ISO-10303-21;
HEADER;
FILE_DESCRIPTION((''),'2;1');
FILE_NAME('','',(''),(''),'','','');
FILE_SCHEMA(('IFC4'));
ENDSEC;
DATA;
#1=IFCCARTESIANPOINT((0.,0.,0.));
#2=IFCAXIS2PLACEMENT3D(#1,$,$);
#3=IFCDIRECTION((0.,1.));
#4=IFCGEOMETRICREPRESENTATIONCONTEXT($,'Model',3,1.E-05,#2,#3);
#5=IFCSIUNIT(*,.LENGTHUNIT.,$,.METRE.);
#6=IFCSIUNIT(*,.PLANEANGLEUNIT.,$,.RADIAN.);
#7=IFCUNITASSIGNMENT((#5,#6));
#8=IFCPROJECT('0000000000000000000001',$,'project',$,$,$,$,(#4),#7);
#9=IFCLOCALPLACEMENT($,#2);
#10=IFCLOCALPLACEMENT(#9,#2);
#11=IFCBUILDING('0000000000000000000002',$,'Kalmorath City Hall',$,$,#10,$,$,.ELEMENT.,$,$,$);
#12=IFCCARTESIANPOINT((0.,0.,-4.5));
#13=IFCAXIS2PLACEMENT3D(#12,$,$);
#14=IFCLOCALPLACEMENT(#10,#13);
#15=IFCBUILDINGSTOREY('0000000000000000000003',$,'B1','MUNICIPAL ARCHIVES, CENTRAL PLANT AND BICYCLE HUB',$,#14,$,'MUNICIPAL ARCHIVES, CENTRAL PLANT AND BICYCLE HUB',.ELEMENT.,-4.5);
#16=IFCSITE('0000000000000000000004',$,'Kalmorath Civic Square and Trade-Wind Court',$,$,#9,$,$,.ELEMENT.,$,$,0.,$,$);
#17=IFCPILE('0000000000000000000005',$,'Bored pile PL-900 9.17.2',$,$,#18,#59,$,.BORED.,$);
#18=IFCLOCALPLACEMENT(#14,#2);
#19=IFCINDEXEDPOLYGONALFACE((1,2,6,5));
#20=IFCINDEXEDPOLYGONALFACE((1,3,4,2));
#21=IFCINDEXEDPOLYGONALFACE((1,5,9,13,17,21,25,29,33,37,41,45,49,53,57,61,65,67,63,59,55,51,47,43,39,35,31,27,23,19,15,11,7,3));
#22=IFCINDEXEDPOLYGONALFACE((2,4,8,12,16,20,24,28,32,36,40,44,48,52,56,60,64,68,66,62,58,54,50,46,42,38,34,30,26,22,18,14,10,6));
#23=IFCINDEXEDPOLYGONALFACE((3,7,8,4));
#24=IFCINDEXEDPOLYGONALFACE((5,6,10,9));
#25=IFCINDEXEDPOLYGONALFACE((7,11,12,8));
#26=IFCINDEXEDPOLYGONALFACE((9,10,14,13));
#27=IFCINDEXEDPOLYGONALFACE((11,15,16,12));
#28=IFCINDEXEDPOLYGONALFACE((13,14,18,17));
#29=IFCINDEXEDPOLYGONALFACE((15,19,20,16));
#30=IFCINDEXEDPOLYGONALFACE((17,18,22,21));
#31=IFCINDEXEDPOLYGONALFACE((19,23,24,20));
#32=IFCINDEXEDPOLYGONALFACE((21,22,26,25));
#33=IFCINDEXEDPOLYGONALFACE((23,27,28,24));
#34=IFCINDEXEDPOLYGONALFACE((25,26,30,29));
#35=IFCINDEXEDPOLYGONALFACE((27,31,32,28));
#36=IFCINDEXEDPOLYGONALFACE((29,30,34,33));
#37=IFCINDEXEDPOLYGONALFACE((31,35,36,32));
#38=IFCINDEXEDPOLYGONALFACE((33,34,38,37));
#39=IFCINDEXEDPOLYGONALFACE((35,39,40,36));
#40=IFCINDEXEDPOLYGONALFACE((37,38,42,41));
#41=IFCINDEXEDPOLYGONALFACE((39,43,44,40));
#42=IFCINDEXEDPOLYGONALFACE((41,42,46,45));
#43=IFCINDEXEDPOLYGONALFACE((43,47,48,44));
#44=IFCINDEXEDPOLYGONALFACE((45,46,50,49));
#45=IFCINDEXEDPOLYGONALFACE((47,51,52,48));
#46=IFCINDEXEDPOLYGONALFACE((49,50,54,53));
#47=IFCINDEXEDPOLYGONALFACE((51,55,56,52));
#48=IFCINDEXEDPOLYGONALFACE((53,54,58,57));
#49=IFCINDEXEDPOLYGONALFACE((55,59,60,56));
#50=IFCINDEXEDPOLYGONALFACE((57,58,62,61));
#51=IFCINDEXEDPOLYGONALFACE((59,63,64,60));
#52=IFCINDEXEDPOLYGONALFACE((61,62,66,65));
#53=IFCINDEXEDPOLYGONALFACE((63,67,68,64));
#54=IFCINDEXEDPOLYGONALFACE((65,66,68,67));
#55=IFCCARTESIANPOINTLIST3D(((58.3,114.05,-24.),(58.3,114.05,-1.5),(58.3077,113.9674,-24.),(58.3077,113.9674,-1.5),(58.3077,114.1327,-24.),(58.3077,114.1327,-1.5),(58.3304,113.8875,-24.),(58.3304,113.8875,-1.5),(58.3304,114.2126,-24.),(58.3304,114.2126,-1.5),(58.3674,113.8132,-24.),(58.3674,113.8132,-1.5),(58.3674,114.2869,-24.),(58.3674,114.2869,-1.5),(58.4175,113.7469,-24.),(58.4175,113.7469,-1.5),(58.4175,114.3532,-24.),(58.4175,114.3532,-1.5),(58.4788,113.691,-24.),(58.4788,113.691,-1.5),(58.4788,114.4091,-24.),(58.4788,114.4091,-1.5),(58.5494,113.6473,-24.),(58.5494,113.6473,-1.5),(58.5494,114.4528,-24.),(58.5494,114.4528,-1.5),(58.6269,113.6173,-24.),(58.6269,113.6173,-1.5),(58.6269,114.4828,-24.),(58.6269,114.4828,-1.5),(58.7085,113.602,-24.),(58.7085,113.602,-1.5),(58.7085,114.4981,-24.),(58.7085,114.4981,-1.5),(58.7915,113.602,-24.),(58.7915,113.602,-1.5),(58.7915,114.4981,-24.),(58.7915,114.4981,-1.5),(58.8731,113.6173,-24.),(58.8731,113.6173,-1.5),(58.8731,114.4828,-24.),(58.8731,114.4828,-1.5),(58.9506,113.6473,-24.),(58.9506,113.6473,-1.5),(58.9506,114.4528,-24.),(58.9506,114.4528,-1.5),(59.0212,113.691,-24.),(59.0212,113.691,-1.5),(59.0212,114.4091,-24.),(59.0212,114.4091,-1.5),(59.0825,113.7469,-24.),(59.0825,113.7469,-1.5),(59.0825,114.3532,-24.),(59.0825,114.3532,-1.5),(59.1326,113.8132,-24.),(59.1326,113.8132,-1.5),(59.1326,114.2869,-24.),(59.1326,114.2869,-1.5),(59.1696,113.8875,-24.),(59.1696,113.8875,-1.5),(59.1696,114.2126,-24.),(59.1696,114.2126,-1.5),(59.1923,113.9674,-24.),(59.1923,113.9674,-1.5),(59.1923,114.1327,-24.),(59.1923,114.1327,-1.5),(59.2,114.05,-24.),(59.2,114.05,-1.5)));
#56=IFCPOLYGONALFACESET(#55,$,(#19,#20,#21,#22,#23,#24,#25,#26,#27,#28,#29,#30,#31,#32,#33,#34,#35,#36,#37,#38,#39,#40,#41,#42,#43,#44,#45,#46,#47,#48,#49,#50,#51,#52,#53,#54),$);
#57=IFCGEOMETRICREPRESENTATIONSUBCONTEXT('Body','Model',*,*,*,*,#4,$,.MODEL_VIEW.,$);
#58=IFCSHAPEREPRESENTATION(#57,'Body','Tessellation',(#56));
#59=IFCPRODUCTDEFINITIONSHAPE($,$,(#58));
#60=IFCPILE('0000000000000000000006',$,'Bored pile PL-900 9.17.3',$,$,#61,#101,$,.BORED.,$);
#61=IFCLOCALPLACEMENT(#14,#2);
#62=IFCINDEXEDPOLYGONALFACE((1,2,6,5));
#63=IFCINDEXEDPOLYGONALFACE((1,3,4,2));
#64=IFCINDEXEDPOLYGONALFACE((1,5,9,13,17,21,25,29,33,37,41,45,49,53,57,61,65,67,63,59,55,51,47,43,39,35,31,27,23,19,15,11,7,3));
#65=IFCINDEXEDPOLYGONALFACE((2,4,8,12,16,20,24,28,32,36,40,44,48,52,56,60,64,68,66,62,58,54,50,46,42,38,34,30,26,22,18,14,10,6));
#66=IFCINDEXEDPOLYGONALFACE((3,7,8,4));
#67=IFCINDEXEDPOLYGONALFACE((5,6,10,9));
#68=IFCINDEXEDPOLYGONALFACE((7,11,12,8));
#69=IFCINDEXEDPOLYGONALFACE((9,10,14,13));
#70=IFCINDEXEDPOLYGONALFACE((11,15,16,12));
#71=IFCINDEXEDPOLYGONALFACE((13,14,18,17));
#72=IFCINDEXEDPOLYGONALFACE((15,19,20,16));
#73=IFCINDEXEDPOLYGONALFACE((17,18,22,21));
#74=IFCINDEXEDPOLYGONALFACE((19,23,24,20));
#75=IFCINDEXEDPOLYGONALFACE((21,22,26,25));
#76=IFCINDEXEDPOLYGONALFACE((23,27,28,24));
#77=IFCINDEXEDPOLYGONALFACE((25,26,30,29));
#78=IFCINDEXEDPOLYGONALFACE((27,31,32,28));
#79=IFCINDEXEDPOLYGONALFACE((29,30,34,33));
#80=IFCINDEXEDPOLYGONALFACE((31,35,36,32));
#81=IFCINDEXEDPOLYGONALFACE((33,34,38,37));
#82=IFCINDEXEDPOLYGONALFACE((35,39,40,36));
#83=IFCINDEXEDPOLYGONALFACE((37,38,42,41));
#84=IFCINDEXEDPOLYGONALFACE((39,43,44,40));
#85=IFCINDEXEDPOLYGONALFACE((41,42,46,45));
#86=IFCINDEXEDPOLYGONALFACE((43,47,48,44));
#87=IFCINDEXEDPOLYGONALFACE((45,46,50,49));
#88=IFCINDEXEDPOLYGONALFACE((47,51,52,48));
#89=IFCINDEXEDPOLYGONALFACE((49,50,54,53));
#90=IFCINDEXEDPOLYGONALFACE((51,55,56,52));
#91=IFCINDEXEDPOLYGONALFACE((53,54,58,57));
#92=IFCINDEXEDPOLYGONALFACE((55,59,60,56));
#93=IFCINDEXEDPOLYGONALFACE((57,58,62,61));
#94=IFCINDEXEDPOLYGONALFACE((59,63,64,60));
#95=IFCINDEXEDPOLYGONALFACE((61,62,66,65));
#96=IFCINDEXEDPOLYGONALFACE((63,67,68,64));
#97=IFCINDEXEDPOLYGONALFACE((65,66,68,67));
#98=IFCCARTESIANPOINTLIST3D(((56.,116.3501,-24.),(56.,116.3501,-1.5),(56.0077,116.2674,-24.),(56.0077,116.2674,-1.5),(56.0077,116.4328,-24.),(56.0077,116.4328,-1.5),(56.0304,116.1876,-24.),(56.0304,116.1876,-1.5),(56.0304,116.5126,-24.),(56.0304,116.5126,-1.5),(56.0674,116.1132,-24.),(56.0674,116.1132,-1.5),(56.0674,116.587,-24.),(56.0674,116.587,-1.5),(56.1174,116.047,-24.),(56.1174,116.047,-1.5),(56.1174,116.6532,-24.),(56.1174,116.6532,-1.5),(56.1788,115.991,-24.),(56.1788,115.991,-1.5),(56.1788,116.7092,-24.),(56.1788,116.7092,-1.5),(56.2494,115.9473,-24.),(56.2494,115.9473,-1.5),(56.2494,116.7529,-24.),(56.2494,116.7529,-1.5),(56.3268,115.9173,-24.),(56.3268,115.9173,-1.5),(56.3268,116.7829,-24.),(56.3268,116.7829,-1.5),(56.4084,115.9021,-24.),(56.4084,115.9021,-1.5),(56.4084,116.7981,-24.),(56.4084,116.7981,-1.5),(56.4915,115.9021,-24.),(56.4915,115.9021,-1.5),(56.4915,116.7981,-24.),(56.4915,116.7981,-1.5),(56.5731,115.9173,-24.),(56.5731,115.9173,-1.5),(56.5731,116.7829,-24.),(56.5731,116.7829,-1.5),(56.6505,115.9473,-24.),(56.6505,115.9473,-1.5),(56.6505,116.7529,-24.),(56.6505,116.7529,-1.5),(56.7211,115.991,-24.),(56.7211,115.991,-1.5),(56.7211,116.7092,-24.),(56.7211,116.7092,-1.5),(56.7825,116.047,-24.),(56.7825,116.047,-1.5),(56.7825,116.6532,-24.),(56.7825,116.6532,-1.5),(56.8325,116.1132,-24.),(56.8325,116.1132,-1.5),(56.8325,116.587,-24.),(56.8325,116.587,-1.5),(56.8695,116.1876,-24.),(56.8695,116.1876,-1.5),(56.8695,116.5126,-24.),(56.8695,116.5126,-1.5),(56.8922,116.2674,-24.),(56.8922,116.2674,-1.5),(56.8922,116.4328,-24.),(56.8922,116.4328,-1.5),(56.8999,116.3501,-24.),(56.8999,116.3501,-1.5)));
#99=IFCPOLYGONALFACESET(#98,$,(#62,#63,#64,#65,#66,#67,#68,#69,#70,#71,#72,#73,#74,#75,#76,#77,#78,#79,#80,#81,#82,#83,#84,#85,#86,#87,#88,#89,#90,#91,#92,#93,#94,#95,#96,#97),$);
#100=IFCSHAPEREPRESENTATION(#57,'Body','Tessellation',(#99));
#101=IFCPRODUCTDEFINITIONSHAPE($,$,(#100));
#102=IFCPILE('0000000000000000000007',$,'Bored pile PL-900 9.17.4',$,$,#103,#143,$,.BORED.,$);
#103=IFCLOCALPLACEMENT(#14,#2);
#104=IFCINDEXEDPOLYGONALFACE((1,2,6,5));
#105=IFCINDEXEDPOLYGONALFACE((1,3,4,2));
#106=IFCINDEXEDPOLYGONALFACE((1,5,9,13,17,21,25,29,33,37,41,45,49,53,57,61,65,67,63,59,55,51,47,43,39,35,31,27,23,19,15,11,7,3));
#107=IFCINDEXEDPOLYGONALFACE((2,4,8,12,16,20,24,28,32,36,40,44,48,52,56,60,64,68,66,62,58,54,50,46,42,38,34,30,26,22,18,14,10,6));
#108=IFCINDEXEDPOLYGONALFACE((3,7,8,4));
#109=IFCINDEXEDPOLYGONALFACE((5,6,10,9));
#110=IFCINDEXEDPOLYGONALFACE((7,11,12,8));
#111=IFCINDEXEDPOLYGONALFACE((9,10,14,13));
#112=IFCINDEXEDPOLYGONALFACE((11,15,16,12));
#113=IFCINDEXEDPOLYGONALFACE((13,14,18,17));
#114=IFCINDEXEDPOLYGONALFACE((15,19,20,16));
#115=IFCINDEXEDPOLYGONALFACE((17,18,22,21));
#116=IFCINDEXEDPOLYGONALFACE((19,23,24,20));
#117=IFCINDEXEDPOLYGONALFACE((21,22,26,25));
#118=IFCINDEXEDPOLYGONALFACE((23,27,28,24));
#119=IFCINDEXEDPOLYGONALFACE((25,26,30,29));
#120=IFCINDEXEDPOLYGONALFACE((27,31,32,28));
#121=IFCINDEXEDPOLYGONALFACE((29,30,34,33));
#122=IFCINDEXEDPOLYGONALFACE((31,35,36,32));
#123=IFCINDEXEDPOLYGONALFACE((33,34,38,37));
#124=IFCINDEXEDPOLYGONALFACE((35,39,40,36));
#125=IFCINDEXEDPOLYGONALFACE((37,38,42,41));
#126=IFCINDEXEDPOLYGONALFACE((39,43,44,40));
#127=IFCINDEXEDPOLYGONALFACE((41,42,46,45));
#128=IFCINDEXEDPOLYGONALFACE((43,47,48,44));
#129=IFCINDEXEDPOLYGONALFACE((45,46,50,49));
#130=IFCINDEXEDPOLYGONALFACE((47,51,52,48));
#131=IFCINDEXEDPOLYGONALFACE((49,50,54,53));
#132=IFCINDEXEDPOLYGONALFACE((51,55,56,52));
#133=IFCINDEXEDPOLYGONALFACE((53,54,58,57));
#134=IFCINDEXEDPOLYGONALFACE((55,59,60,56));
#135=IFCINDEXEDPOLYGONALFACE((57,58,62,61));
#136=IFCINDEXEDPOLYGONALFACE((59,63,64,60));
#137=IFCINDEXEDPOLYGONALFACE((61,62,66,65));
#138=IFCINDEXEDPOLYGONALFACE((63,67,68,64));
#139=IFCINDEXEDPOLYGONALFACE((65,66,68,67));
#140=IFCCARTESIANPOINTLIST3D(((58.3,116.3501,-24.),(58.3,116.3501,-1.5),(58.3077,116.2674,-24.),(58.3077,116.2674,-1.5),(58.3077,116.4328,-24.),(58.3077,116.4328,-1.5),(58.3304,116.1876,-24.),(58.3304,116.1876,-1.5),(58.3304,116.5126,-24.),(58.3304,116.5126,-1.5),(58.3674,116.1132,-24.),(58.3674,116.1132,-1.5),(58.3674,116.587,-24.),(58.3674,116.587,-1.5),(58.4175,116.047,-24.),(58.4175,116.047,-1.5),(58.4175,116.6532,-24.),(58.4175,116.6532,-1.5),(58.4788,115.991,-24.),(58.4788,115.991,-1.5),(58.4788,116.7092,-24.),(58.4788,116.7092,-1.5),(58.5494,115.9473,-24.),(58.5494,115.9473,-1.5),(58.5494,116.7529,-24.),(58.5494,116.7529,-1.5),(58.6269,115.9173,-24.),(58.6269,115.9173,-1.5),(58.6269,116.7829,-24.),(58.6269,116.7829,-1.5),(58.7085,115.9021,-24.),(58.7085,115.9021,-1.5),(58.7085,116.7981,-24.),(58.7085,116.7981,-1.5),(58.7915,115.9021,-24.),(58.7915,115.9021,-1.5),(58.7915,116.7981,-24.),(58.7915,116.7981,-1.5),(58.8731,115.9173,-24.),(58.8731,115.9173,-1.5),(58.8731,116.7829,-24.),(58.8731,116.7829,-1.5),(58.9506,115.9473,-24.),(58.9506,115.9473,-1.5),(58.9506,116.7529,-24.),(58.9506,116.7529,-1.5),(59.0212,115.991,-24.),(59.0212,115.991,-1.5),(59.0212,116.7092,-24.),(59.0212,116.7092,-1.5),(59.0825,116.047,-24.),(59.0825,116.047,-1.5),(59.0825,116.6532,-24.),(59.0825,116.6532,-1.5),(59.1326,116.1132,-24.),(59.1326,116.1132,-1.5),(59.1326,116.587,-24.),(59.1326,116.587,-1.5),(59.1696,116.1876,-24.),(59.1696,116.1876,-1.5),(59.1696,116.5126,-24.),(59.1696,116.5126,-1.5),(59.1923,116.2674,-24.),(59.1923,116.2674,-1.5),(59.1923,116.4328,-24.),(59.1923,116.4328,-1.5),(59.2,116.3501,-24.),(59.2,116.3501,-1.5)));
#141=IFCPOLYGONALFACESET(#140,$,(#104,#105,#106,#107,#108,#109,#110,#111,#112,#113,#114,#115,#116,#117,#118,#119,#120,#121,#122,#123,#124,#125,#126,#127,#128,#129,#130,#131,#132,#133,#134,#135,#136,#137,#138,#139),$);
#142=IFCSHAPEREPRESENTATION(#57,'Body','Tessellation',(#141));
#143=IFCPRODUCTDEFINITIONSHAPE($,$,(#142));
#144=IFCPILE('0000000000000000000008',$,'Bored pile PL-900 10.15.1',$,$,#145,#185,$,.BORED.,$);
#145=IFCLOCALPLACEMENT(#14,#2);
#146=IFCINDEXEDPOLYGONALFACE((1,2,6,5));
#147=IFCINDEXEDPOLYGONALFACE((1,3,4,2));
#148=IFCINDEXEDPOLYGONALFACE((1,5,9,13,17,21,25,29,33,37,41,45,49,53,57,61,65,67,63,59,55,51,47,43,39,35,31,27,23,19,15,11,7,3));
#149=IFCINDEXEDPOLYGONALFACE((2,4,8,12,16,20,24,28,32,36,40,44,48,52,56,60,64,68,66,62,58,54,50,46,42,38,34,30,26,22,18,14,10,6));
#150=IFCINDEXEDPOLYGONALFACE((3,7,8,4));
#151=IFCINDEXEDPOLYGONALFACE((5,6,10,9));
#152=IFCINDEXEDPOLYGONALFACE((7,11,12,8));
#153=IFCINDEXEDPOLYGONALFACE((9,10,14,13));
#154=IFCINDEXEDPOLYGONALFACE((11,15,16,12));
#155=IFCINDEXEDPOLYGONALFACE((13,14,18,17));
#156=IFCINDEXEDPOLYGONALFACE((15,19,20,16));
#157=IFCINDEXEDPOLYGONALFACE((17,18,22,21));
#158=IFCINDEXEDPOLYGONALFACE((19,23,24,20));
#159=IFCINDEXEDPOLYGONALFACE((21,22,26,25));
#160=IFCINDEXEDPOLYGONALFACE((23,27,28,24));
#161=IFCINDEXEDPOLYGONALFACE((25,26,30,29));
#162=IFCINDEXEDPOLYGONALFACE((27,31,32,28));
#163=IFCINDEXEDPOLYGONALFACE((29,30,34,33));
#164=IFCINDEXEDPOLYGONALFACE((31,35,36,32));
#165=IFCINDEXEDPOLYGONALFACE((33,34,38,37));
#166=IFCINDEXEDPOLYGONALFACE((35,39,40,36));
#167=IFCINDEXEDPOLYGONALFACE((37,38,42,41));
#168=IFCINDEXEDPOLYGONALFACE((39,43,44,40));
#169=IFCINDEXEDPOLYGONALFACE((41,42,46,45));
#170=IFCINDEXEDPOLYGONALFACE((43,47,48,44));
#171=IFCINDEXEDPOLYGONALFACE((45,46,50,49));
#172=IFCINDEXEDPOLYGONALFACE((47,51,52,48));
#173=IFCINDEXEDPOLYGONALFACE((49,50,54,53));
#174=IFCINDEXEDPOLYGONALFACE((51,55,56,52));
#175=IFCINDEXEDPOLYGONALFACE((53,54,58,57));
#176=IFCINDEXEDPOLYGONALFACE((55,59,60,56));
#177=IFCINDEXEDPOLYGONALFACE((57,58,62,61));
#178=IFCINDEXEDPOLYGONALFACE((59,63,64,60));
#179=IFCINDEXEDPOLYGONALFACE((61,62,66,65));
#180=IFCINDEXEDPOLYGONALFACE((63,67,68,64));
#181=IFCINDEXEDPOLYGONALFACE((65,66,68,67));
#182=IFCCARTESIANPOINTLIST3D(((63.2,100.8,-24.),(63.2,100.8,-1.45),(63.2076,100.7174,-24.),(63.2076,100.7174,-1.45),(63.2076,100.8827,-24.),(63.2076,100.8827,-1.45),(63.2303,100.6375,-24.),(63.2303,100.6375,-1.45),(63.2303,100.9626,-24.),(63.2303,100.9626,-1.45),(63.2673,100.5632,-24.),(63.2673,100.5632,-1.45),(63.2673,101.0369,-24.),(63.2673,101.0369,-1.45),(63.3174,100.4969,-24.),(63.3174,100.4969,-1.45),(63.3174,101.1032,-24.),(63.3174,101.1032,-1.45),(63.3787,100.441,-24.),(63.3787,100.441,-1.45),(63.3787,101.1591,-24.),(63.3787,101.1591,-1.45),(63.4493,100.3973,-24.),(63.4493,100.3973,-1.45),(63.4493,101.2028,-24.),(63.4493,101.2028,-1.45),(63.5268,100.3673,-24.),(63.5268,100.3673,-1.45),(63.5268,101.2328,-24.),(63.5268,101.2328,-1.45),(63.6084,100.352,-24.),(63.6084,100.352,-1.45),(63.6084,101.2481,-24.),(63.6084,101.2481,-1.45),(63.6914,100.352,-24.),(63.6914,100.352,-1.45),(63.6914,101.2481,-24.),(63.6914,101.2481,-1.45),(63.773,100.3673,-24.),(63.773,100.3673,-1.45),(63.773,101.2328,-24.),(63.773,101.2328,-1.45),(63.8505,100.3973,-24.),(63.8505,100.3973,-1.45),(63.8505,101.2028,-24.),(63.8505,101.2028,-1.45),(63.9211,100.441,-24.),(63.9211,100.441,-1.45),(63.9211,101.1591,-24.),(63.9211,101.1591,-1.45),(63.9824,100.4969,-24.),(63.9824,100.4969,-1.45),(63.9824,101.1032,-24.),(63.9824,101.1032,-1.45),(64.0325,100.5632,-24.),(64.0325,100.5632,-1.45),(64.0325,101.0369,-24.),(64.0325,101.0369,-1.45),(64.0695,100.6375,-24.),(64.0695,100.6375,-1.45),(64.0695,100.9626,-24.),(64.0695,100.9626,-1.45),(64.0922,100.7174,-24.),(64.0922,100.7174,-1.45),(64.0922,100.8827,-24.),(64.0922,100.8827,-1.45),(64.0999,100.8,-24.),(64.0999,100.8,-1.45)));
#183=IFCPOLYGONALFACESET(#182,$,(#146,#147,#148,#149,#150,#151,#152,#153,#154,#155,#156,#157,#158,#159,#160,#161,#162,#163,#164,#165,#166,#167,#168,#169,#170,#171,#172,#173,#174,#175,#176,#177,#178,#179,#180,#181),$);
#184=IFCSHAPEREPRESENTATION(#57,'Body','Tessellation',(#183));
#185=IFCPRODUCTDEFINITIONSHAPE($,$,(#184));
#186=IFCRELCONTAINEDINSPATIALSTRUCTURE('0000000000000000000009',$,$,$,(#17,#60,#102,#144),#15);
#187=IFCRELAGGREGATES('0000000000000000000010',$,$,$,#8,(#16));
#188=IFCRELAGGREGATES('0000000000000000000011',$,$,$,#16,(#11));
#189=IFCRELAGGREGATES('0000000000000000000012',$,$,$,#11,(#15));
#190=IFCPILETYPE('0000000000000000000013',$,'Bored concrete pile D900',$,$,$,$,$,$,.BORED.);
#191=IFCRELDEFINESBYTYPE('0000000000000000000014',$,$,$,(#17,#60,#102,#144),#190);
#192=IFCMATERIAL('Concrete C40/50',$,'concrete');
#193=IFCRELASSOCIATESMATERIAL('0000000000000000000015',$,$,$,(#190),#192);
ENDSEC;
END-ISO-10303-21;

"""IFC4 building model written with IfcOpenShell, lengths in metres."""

from ifc_helpers import new_model, si_unit, direction, frame, origin, origin_2d, place, context, subcontext, project, spatial, circle, extrude, material, material_profile, profile_set, type_object, element, save


model = new_model("IFC4")

# Units and contexts
model_context = context("Model", 3, precision=1e-05, world=origin(), true_north=direction((0.0, 1.0)))
body_context = subcontext(model_context, "Body", "Model", "MODEL_VIEW")
ifc_project = project(units=[si_unit("LENGTHUNIT", "METRE"), si_unit("PLANEANGLEUNIT", "RADIAN")], contexts=[model_context])

# Site, building, storey
site_placement = place(None, origin())
site = spatial("IfcSite", under=ifc_project, at=site_placement, Name="Kalmorath Civic Square and Trade-Wind Court", CompositionType="ELEMENT", RefElevation=0.0)
building_placement = place(site_placement, origin())
building = spatial("IfcBuilding", under=site, at=building_placement, Name="Kalmorath City Hall", CompositionType="ELEMENT")
storey_placement = place(building_placement, frame((0.0, 0.0, -4.5)))
storey = spatial("IfcBuildingStorey", under=building, at=storey_placement, Name="B1", Description="MUNICIPAL ARCHIVES, CENTRAL PLANT AND BICYCLE HUB", LongName="MUNICIPAL ARCHIVES, CENTRAL PLANT AND BICYCLE HUB", CompositionType="ELEMENT", Elevation=-4.5)

# Piles
ifc_material_1 = material(Name="Concrete C40/50", Category="concrete")
ifc_material_profile_1 = material_profile(ifc_material_1, circle(Radius=0.45, at=origin_2d()), Name="PILE-D900")
ifc_profile_set_1 = profile_set([ifc_material_profile_1], Name="Concrete C40/50")
pile_type = type_object("IfcPileType", Name="Bored concrete pile D900", PredefinedType="BORED", material=ifc_profile_set_1)
for number, where, z_axis, x_axis, name in (
    (1, (58.75, 114.05, -1.5), (0.0, 0.0, -1.0), (1.0, 0.0, 0.0), "Bored pile PL-900 9.17.2"),
    (2, (56.45, 116.3501, -1.5), (0.0, 0.0, -1.0), (1.0, 0.0, 0.0), "Bored pile PL-900 9.17.3"),
    (3, (58.75, 116.3501, -1.5), (0.0, 0.0, -1.0), (1.0, 0.0, 0.0), "Bored pile PL-900 9.17.4"),
):
    element("IfcPile", number, at=place(storey_placement, frame(where, z_axis=z_axis, x_axis=x_axis)), inside=storey, type_object=pile_type, Name=name, PredefinedType="BORED", context=body_context, shape_type="SweptSolid", body=[
        extrude(circle(Radius=0.45, at=origin_2d()), origin(), (0.0, 0.0, 1.0), 22.5),
    ])
pile_1_placement = place(storey_placement, frame((63.6499, 100.8, -1.45), z_axis=(0.0, 0.0, -1.0), x_axis=(1.0, 0.0, 0.0)))
element("IfcPile", 4, at=pile_1_placement, inside=storey, type_object=pile_type, Name="Bored pile PL-900 10.15.1", PredefinedType="BORED", context=body_context, shape_type="SweptSolid", body=[
    extrude(circle(Radius=0.45, at=origin_2d()), origin(), (0.0, 0.0, 1.0), 22.55),
])

save(model, "model.ifc")
